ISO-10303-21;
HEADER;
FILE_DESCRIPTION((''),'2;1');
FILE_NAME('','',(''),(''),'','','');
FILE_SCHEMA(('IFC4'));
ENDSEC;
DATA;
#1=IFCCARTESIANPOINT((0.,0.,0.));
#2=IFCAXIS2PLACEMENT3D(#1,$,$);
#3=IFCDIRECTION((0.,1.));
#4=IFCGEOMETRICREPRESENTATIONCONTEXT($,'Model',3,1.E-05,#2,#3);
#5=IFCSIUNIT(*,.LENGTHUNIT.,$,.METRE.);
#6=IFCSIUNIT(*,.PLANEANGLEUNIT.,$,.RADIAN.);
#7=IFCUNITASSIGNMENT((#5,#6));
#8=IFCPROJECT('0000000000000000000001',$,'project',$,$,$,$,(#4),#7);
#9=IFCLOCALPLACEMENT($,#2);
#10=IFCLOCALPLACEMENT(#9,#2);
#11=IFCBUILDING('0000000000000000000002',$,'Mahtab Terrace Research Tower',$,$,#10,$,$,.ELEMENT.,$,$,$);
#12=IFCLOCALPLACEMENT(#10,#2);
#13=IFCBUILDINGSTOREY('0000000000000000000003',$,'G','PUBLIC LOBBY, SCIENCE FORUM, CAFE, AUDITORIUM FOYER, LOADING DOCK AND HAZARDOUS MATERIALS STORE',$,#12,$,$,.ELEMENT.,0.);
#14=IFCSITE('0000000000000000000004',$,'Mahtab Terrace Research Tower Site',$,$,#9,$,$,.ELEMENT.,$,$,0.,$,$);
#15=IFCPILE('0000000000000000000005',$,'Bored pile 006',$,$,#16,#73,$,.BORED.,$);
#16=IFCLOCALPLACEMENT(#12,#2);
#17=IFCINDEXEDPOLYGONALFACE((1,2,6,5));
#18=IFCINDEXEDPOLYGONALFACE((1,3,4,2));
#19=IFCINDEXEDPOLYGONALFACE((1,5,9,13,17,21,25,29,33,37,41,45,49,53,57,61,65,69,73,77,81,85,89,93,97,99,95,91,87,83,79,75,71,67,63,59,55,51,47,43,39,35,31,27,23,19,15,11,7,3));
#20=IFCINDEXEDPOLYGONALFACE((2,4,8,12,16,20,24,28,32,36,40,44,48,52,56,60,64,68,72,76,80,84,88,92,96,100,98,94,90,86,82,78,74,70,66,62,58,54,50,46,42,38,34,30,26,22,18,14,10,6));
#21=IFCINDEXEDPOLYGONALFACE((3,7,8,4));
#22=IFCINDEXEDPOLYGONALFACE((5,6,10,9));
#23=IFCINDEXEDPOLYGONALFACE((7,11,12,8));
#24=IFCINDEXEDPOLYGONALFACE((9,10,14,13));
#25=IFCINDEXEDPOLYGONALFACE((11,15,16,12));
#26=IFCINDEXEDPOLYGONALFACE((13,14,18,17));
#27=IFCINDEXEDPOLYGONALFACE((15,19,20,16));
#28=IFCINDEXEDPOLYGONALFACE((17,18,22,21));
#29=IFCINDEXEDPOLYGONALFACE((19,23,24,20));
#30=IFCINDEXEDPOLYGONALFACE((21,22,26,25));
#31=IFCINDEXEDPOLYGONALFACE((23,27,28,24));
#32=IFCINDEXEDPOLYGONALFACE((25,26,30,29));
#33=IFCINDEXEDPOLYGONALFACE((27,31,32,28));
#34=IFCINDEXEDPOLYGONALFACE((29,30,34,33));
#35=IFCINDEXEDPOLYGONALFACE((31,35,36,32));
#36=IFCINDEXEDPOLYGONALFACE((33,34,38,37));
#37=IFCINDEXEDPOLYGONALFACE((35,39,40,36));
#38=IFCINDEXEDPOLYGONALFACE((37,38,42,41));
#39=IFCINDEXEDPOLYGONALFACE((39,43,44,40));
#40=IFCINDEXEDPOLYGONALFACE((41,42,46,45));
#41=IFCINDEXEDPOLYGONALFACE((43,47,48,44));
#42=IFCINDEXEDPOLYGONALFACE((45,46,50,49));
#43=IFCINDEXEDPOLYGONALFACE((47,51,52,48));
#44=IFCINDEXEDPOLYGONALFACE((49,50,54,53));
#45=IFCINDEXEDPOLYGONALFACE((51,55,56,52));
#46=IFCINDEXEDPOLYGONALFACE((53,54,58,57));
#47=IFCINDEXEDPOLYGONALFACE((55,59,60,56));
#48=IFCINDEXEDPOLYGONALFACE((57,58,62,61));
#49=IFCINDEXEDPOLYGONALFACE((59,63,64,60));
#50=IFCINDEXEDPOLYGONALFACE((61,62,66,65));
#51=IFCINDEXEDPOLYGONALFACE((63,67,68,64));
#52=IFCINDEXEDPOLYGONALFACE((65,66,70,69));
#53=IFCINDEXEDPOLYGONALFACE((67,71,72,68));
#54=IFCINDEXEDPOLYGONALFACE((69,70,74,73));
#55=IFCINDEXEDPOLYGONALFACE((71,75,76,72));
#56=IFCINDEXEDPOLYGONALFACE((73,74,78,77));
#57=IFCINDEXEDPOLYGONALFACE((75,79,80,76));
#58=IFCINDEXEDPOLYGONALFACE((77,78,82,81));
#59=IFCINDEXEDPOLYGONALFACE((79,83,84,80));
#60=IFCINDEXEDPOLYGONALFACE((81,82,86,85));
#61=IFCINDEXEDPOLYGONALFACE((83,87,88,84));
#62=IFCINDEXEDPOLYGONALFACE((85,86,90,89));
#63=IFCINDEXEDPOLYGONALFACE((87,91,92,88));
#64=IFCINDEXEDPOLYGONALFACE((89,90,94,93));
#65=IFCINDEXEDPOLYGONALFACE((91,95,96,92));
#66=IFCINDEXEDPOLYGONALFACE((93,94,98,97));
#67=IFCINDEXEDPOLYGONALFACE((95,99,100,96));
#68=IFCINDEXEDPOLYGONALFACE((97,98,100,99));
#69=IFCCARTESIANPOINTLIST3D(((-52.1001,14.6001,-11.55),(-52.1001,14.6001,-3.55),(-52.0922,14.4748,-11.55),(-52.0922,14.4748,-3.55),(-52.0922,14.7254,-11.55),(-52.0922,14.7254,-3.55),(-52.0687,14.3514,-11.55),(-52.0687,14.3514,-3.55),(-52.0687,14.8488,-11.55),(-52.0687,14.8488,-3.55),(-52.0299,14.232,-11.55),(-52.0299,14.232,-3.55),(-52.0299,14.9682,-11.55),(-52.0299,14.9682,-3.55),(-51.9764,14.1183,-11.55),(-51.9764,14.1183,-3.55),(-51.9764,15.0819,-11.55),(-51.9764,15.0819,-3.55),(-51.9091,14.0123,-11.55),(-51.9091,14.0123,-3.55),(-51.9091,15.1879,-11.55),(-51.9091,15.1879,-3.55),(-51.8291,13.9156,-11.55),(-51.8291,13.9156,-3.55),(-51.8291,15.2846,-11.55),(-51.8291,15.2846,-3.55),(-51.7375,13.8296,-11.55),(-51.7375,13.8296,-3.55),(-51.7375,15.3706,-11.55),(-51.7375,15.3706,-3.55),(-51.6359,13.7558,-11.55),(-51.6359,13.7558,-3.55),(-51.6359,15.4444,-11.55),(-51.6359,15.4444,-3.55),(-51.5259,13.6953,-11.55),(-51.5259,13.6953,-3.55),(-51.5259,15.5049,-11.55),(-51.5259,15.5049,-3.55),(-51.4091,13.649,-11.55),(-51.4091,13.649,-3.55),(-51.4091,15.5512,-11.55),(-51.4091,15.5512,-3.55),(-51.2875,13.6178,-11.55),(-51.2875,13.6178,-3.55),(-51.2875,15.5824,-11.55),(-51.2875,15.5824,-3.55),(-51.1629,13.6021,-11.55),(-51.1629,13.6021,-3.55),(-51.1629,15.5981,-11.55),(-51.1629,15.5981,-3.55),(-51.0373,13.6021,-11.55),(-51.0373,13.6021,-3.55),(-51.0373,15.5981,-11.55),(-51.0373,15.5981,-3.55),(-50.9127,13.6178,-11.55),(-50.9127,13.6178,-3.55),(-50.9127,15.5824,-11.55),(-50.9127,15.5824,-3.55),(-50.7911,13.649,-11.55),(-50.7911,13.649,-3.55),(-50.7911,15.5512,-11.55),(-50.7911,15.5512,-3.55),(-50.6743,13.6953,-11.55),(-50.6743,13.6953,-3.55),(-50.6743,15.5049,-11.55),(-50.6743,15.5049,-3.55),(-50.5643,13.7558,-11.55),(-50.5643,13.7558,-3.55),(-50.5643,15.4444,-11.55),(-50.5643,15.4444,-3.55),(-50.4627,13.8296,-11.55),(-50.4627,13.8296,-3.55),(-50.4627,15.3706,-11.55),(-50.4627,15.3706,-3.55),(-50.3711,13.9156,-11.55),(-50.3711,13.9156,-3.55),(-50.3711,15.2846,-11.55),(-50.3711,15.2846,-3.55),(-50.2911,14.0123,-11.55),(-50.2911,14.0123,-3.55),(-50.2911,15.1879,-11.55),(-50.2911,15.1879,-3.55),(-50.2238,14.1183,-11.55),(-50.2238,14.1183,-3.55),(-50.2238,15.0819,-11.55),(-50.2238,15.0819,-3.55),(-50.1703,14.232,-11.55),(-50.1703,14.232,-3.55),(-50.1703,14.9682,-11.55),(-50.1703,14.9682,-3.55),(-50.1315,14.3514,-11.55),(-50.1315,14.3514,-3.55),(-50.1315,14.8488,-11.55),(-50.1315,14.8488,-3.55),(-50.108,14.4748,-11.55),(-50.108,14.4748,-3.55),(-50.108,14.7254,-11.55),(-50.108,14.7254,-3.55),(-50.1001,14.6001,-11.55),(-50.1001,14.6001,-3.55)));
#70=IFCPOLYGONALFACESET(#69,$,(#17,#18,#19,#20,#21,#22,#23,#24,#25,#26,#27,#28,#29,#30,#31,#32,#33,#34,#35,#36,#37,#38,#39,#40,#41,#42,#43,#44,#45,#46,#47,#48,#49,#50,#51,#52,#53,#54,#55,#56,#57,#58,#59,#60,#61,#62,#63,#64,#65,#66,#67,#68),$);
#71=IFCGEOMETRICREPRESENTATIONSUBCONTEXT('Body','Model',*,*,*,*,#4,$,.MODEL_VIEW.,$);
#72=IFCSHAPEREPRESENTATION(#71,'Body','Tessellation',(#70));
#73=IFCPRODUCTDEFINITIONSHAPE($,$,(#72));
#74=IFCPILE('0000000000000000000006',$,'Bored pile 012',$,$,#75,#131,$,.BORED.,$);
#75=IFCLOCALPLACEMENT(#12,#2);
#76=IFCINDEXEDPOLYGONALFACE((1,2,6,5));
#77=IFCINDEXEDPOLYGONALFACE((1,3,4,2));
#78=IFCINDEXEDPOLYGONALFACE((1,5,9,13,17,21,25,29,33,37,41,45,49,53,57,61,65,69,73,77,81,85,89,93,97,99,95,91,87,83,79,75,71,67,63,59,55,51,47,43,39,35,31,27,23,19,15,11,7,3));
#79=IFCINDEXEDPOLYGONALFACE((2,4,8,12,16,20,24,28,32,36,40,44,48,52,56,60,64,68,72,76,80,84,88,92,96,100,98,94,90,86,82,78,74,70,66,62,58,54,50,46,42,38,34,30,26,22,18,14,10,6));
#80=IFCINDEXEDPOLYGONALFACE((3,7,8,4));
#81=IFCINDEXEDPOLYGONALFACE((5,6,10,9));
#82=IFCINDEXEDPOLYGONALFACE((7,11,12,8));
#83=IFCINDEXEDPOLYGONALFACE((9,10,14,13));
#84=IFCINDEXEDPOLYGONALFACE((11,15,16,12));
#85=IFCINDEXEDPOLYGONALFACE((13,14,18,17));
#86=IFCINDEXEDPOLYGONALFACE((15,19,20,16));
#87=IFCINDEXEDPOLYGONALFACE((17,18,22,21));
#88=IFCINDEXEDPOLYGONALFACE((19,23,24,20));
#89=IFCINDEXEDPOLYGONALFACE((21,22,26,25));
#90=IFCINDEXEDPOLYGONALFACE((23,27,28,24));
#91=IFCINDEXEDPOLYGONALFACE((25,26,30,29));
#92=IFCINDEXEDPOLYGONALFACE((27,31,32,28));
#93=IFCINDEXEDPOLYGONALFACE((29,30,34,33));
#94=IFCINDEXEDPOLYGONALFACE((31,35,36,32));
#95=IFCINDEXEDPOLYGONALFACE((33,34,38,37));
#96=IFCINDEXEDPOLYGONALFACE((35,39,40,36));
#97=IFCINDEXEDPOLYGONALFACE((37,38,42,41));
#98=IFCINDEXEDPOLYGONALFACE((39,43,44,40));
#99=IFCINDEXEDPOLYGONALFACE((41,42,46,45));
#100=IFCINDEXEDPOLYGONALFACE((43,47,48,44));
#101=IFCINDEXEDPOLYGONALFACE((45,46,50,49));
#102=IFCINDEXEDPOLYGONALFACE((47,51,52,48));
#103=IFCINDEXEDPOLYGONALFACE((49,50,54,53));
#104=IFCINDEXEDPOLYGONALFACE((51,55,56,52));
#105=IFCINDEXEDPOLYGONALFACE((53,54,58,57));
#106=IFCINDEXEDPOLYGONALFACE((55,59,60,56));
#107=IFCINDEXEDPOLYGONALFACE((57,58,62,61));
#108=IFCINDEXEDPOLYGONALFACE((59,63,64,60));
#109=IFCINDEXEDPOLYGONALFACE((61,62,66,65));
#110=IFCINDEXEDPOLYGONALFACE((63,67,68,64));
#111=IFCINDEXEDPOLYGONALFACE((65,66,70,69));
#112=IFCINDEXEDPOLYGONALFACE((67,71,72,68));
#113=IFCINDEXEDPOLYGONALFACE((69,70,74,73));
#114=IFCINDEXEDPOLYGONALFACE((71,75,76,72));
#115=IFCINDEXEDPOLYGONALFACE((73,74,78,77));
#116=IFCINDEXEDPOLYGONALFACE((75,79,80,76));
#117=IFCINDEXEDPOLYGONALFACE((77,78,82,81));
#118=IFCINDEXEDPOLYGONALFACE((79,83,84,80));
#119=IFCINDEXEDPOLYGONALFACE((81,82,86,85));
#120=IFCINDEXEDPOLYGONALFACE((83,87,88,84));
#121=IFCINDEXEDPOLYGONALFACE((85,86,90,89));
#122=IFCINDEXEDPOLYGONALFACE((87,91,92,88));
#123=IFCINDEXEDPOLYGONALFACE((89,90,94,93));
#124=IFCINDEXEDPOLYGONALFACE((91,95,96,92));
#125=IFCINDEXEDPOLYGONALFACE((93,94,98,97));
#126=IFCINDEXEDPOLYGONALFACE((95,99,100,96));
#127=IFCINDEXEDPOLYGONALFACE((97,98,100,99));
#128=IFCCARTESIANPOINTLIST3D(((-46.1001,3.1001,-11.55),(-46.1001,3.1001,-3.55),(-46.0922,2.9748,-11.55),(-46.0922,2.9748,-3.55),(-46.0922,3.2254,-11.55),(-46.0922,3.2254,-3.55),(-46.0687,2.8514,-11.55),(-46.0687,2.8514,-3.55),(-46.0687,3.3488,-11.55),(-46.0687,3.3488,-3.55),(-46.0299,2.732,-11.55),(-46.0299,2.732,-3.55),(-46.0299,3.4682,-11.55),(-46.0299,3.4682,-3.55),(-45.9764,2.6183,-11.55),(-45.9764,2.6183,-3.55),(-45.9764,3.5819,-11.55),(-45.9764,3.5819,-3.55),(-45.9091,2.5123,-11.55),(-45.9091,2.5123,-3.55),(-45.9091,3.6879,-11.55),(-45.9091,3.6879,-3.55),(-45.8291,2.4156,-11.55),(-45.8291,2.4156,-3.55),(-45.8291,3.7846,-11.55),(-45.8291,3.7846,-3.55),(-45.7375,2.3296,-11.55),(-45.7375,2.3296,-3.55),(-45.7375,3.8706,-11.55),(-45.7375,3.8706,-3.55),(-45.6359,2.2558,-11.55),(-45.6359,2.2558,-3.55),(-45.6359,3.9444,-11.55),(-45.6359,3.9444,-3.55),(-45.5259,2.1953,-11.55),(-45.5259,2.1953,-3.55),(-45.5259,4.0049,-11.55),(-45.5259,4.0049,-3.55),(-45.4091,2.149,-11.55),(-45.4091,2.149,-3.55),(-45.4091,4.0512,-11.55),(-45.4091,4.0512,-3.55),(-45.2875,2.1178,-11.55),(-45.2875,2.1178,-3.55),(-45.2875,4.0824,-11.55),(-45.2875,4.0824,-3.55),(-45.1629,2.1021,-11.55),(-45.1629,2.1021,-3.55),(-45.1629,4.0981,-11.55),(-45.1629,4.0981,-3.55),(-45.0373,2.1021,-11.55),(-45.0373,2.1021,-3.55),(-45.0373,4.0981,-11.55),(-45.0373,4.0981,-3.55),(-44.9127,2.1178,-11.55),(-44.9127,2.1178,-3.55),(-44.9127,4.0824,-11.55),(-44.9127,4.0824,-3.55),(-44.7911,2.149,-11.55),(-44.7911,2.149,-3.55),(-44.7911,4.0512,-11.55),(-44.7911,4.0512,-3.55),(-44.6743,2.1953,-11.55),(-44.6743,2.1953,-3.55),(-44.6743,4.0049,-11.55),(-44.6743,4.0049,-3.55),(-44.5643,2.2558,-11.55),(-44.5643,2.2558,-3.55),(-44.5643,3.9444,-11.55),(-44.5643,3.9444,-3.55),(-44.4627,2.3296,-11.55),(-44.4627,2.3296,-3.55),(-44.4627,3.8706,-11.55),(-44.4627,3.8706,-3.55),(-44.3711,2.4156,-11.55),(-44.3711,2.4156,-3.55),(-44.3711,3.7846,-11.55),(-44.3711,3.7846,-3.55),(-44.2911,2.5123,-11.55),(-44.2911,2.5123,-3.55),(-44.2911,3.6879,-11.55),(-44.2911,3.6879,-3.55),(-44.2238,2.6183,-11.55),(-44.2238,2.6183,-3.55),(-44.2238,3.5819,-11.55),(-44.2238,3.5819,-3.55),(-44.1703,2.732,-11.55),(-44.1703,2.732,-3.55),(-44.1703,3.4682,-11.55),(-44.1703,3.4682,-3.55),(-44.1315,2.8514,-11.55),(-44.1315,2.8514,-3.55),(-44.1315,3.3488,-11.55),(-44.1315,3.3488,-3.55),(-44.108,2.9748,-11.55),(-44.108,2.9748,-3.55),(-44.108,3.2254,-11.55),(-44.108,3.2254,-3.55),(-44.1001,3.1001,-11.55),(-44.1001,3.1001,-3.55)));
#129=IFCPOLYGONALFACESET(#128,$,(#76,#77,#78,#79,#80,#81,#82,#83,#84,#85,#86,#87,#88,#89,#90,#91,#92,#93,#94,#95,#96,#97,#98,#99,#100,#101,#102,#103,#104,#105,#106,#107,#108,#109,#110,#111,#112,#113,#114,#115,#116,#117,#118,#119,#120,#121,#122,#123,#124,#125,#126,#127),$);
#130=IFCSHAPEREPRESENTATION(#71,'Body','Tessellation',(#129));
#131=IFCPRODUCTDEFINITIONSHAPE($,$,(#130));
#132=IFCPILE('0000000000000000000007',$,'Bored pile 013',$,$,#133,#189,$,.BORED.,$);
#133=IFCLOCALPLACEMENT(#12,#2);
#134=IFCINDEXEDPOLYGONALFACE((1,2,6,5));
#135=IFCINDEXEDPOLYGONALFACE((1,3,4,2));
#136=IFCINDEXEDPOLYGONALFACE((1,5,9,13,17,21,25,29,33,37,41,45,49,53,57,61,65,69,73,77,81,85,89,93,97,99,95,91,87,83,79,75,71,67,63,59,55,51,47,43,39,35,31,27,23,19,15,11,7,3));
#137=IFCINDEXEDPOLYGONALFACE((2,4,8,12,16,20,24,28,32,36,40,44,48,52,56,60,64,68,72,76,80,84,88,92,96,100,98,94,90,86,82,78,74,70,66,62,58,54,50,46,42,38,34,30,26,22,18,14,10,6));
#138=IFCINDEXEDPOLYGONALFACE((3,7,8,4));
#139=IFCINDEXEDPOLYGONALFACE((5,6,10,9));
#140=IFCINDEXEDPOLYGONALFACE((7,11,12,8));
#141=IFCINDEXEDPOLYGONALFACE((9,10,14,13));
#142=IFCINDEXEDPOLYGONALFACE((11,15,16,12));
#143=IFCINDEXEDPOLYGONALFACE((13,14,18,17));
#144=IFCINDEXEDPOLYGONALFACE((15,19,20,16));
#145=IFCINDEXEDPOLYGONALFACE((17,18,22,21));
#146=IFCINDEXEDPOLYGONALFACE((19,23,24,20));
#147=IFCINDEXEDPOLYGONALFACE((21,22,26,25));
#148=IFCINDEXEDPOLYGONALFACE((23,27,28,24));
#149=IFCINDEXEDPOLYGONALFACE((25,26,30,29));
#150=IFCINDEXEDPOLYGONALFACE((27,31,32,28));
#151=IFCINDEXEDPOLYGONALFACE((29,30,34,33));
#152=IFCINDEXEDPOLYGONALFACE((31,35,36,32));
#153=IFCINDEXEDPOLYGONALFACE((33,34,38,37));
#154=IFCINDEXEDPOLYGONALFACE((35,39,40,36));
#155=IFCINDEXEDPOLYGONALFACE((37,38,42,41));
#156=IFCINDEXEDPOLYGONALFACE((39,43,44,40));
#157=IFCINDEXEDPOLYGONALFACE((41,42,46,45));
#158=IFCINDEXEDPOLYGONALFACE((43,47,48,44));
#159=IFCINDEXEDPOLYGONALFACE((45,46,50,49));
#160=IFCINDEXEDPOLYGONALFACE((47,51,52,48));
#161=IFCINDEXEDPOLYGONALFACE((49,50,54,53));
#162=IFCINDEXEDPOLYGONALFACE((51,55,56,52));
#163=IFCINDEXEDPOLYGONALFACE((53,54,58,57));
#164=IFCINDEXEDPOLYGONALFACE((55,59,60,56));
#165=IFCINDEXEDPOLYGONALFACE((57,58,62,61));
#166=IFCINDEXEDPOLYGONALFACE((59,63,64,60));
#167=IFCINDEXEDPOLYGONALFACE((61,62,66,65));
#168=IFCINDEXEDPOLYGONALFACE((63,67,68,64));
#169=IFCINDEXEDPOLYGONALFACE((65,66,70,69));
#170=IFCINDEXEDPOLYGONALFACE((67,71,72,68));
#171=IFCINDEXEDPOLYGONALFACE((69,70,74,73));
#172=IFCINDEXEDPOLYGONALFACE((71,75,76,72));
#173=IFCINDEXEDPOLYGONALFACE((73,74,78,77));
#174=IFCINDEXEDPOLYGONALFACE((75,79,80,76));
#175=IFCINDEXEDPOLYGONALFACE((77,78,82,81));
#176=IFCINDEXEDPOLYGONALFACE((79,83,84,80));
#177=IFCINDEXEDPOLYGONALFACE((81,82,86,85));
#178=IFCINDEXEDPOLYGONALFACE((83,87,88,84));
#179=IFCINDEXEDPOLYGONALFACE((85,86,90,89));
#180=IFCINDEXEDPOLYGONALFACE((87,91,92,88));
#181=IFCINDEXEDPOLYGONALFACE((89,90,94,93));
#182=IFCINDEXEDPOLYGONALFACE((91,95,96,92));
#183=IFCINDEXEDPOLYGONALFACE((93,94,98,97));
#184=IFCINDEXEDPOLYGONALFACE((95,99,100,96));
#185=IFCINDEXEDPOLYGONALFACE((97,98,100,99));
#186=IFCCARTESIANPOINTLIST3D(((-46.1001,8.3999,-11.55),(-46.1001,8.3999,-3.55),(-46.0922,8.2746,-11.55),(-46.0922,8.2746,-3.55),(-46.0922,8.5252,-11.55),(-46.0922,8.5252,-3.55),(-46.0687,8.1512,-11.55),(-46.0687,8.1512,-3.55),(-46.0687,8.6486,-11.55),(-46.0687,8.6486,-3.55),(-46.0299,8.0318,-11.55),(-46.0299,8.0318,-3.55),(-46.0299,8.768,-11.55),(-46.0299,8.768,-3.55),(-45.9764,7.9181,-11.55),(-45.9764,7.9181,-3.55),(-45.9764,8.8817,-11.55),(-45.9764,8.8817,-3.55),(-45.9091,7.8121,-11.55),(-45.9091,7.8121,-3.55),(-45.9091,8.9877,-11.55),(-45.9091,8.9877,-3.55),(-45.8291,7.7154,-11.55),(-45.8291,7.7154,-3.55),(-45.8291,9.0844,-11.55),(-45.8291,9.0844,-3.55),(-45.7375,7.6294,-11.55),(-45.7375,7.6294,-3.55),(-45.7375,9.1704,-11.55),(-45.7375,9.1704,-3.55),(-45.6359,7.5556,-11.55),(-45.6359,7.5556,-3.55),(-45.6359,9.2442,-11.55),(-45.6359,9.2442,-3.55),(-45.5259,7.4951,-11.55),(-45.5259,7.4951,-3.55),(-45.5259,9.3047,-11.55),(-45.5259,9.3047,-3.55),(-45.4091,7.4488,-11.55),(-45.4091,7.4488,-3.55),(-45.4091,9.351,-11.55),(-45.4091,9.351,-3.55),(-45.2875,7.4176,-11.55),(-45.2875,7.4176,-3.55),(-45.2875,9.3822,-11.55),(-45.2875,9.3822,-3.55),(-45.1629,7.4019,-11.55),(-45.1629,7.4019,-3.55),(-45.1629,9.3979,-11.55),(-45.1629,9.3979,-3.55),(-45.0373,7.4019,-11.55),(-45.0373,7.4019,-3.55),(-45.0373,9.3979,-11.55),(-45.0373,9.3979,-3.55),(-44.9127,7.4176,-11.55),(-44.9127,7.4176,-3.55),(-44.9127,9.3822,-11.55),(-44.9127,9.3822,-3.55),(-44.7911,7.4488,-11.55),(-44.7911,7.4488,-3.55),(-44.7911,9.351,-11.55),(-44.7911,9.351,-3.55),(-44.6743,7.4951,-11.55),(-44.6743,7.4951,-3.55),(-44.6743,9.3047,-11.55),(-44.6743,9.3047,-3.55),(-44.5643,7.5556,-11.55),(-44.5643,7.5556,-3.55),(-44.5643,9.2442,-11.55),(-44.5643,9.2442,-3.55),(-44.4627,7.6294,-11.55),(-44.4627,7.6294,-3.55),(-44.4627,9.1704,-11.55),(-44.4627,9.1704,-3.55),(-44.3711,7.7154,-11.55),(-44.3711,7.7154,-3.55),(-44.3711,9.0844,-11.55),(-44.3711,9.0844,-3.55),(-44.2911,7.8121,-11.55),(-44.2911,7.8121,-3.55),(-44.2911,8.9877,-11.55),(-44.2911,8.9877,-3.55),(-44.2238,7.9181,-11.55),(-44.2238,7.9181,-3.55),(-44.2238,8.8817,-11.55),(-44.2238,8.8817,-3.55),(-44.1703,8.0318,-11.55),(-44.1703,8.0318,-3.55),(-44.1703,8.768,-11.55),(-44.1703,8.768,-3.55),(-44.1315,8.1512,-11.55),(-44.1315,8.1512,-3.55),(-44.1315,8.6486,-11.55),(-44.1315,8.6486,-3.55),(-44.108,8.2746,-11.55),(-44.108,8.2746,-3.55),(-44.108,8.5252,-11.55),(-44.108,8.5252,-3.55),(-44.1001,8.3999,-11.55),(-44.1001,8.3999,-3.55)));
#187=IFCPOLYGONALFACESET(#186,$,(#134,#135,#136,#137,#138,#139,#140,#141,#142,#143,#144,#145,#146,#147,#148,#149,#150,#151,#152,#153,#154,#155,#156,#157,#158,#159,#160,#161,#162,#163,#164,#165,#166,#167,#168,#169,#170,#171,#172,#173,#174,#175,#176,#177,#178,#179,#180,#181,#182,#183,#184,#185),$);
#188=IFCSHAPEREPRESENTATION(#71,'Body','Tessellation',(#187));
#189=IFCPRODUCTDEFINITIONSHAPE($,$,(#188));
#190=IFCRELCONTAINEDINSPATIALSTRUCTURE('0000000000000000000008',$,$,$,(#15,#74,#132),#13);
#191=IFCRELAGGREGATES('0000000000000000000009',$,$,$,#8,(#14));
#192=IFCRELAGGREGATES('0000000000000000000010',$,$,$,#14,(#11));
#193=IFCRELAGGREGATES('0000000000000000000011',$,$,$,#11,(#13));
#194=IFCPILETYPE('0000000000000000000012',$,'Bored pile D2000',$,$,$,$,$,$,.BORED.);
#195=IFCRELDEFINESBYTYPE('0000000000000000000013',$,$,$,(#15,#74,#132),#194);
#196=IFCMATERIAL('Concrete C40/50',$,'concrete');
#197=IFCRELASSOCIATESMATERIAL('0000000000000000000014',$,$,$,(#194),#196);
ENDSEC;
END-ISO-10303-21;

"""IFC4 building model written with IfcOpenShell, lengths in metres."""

from ifc_helpers import new_model, si_unit, direction, frame, origin, origin_2d, place, context, subcontext, project, spatial, circle, extrude, material, material_profile, profile_set, type_object, element, save


model = new_model("IFC4")

# Units and contexts
model_context = context("Model", 3, precision=1e-05, world=origin(), true_north=direction((0.0, 1.0)))
body_context = subcontext(model_context, "Body", "Model", "MODEL_VIEW")
ifc_project = project(units=[si_unit("LENGTHUNIT", "METRE"), si_unit("PLANEANGLEUNIT", "RADIAN")], contexts=[model_context])

# Site, building, storey
site_placement = place(None, origin())
site = spatial("IfcSite", under=ifc_project, at=site_placement, Name="Mahtab Terrace Research Tower Site", CompositionType="ELEMENT", RefElevation=0.0)
building_placement = place(site_placement, origin())
building = spatial("IfcBuilding", under=site, at=building_placement, Name="Mahtab Terrace Research Tower", CompositionType="ELEMENT")
storey_placement = place(building_placement, origin())
storey = spatial("IfcBuildingStorey", under=building, at=storey_placement, Name="G", Description="PUBLIC LOBBY, SCIENCE FORUM, CAFE, AUDITORIUM FOYER, LOADING DOCK AND HAZARDOUS MATERIALS STORE", CompositionType="ELEMENT", Elevation=0.0)

# Piles
ifc_material_1 = material(Name="Concrete C40/50", Category="concrete")
ifc_material_profile_1 = material_profile(ifc_material_1, circle(Radius=1.0, at=origin_2d()), Name="Bored pile D2000")
ifc_profile_set_1 = profile_set([ifc_material_profile_1], Name="Concrete C40/50")
pile_type_1 = type_object("IfcPileType", Name="Bored pile D2000", PredefinedType="BORED", material=ifc_profile_set_1)
for number, where, z_axis, x_axis, name in (
    (1, (-51.1001, 14.6001, -3.55), (0.0, 0.0, -1.0), (1.0, 0.0, 0.0), "Bored pile 006"),
    (2, (-45.1001, 3.1001, -3.55), (0.0, 0.0, -1.0), (1.0, 0.0, 0.0), "Bored pile 012"),
    (3, (-45.1001, 8.3999, -3.55), (0.0, 0.0, -1.0), (1.0, 0.0, 0.0), "Bored pile 013"),
):
    element("IfcPile", number, at=place(storey_placement, frame(where, z_axis=z_axis, x_axis=x_axis)), inside=storey, type_object=pile_type_1, Name=name, PredefinedType="BORED", context=body_context, shape_type="SweptSolid", body=[
        extrude(circle(Radius=1.0, at=origin_2d()), origin(), (0.0, 0.0, 1.0), 8.0),
    ])

save(model, "model.ifc")
